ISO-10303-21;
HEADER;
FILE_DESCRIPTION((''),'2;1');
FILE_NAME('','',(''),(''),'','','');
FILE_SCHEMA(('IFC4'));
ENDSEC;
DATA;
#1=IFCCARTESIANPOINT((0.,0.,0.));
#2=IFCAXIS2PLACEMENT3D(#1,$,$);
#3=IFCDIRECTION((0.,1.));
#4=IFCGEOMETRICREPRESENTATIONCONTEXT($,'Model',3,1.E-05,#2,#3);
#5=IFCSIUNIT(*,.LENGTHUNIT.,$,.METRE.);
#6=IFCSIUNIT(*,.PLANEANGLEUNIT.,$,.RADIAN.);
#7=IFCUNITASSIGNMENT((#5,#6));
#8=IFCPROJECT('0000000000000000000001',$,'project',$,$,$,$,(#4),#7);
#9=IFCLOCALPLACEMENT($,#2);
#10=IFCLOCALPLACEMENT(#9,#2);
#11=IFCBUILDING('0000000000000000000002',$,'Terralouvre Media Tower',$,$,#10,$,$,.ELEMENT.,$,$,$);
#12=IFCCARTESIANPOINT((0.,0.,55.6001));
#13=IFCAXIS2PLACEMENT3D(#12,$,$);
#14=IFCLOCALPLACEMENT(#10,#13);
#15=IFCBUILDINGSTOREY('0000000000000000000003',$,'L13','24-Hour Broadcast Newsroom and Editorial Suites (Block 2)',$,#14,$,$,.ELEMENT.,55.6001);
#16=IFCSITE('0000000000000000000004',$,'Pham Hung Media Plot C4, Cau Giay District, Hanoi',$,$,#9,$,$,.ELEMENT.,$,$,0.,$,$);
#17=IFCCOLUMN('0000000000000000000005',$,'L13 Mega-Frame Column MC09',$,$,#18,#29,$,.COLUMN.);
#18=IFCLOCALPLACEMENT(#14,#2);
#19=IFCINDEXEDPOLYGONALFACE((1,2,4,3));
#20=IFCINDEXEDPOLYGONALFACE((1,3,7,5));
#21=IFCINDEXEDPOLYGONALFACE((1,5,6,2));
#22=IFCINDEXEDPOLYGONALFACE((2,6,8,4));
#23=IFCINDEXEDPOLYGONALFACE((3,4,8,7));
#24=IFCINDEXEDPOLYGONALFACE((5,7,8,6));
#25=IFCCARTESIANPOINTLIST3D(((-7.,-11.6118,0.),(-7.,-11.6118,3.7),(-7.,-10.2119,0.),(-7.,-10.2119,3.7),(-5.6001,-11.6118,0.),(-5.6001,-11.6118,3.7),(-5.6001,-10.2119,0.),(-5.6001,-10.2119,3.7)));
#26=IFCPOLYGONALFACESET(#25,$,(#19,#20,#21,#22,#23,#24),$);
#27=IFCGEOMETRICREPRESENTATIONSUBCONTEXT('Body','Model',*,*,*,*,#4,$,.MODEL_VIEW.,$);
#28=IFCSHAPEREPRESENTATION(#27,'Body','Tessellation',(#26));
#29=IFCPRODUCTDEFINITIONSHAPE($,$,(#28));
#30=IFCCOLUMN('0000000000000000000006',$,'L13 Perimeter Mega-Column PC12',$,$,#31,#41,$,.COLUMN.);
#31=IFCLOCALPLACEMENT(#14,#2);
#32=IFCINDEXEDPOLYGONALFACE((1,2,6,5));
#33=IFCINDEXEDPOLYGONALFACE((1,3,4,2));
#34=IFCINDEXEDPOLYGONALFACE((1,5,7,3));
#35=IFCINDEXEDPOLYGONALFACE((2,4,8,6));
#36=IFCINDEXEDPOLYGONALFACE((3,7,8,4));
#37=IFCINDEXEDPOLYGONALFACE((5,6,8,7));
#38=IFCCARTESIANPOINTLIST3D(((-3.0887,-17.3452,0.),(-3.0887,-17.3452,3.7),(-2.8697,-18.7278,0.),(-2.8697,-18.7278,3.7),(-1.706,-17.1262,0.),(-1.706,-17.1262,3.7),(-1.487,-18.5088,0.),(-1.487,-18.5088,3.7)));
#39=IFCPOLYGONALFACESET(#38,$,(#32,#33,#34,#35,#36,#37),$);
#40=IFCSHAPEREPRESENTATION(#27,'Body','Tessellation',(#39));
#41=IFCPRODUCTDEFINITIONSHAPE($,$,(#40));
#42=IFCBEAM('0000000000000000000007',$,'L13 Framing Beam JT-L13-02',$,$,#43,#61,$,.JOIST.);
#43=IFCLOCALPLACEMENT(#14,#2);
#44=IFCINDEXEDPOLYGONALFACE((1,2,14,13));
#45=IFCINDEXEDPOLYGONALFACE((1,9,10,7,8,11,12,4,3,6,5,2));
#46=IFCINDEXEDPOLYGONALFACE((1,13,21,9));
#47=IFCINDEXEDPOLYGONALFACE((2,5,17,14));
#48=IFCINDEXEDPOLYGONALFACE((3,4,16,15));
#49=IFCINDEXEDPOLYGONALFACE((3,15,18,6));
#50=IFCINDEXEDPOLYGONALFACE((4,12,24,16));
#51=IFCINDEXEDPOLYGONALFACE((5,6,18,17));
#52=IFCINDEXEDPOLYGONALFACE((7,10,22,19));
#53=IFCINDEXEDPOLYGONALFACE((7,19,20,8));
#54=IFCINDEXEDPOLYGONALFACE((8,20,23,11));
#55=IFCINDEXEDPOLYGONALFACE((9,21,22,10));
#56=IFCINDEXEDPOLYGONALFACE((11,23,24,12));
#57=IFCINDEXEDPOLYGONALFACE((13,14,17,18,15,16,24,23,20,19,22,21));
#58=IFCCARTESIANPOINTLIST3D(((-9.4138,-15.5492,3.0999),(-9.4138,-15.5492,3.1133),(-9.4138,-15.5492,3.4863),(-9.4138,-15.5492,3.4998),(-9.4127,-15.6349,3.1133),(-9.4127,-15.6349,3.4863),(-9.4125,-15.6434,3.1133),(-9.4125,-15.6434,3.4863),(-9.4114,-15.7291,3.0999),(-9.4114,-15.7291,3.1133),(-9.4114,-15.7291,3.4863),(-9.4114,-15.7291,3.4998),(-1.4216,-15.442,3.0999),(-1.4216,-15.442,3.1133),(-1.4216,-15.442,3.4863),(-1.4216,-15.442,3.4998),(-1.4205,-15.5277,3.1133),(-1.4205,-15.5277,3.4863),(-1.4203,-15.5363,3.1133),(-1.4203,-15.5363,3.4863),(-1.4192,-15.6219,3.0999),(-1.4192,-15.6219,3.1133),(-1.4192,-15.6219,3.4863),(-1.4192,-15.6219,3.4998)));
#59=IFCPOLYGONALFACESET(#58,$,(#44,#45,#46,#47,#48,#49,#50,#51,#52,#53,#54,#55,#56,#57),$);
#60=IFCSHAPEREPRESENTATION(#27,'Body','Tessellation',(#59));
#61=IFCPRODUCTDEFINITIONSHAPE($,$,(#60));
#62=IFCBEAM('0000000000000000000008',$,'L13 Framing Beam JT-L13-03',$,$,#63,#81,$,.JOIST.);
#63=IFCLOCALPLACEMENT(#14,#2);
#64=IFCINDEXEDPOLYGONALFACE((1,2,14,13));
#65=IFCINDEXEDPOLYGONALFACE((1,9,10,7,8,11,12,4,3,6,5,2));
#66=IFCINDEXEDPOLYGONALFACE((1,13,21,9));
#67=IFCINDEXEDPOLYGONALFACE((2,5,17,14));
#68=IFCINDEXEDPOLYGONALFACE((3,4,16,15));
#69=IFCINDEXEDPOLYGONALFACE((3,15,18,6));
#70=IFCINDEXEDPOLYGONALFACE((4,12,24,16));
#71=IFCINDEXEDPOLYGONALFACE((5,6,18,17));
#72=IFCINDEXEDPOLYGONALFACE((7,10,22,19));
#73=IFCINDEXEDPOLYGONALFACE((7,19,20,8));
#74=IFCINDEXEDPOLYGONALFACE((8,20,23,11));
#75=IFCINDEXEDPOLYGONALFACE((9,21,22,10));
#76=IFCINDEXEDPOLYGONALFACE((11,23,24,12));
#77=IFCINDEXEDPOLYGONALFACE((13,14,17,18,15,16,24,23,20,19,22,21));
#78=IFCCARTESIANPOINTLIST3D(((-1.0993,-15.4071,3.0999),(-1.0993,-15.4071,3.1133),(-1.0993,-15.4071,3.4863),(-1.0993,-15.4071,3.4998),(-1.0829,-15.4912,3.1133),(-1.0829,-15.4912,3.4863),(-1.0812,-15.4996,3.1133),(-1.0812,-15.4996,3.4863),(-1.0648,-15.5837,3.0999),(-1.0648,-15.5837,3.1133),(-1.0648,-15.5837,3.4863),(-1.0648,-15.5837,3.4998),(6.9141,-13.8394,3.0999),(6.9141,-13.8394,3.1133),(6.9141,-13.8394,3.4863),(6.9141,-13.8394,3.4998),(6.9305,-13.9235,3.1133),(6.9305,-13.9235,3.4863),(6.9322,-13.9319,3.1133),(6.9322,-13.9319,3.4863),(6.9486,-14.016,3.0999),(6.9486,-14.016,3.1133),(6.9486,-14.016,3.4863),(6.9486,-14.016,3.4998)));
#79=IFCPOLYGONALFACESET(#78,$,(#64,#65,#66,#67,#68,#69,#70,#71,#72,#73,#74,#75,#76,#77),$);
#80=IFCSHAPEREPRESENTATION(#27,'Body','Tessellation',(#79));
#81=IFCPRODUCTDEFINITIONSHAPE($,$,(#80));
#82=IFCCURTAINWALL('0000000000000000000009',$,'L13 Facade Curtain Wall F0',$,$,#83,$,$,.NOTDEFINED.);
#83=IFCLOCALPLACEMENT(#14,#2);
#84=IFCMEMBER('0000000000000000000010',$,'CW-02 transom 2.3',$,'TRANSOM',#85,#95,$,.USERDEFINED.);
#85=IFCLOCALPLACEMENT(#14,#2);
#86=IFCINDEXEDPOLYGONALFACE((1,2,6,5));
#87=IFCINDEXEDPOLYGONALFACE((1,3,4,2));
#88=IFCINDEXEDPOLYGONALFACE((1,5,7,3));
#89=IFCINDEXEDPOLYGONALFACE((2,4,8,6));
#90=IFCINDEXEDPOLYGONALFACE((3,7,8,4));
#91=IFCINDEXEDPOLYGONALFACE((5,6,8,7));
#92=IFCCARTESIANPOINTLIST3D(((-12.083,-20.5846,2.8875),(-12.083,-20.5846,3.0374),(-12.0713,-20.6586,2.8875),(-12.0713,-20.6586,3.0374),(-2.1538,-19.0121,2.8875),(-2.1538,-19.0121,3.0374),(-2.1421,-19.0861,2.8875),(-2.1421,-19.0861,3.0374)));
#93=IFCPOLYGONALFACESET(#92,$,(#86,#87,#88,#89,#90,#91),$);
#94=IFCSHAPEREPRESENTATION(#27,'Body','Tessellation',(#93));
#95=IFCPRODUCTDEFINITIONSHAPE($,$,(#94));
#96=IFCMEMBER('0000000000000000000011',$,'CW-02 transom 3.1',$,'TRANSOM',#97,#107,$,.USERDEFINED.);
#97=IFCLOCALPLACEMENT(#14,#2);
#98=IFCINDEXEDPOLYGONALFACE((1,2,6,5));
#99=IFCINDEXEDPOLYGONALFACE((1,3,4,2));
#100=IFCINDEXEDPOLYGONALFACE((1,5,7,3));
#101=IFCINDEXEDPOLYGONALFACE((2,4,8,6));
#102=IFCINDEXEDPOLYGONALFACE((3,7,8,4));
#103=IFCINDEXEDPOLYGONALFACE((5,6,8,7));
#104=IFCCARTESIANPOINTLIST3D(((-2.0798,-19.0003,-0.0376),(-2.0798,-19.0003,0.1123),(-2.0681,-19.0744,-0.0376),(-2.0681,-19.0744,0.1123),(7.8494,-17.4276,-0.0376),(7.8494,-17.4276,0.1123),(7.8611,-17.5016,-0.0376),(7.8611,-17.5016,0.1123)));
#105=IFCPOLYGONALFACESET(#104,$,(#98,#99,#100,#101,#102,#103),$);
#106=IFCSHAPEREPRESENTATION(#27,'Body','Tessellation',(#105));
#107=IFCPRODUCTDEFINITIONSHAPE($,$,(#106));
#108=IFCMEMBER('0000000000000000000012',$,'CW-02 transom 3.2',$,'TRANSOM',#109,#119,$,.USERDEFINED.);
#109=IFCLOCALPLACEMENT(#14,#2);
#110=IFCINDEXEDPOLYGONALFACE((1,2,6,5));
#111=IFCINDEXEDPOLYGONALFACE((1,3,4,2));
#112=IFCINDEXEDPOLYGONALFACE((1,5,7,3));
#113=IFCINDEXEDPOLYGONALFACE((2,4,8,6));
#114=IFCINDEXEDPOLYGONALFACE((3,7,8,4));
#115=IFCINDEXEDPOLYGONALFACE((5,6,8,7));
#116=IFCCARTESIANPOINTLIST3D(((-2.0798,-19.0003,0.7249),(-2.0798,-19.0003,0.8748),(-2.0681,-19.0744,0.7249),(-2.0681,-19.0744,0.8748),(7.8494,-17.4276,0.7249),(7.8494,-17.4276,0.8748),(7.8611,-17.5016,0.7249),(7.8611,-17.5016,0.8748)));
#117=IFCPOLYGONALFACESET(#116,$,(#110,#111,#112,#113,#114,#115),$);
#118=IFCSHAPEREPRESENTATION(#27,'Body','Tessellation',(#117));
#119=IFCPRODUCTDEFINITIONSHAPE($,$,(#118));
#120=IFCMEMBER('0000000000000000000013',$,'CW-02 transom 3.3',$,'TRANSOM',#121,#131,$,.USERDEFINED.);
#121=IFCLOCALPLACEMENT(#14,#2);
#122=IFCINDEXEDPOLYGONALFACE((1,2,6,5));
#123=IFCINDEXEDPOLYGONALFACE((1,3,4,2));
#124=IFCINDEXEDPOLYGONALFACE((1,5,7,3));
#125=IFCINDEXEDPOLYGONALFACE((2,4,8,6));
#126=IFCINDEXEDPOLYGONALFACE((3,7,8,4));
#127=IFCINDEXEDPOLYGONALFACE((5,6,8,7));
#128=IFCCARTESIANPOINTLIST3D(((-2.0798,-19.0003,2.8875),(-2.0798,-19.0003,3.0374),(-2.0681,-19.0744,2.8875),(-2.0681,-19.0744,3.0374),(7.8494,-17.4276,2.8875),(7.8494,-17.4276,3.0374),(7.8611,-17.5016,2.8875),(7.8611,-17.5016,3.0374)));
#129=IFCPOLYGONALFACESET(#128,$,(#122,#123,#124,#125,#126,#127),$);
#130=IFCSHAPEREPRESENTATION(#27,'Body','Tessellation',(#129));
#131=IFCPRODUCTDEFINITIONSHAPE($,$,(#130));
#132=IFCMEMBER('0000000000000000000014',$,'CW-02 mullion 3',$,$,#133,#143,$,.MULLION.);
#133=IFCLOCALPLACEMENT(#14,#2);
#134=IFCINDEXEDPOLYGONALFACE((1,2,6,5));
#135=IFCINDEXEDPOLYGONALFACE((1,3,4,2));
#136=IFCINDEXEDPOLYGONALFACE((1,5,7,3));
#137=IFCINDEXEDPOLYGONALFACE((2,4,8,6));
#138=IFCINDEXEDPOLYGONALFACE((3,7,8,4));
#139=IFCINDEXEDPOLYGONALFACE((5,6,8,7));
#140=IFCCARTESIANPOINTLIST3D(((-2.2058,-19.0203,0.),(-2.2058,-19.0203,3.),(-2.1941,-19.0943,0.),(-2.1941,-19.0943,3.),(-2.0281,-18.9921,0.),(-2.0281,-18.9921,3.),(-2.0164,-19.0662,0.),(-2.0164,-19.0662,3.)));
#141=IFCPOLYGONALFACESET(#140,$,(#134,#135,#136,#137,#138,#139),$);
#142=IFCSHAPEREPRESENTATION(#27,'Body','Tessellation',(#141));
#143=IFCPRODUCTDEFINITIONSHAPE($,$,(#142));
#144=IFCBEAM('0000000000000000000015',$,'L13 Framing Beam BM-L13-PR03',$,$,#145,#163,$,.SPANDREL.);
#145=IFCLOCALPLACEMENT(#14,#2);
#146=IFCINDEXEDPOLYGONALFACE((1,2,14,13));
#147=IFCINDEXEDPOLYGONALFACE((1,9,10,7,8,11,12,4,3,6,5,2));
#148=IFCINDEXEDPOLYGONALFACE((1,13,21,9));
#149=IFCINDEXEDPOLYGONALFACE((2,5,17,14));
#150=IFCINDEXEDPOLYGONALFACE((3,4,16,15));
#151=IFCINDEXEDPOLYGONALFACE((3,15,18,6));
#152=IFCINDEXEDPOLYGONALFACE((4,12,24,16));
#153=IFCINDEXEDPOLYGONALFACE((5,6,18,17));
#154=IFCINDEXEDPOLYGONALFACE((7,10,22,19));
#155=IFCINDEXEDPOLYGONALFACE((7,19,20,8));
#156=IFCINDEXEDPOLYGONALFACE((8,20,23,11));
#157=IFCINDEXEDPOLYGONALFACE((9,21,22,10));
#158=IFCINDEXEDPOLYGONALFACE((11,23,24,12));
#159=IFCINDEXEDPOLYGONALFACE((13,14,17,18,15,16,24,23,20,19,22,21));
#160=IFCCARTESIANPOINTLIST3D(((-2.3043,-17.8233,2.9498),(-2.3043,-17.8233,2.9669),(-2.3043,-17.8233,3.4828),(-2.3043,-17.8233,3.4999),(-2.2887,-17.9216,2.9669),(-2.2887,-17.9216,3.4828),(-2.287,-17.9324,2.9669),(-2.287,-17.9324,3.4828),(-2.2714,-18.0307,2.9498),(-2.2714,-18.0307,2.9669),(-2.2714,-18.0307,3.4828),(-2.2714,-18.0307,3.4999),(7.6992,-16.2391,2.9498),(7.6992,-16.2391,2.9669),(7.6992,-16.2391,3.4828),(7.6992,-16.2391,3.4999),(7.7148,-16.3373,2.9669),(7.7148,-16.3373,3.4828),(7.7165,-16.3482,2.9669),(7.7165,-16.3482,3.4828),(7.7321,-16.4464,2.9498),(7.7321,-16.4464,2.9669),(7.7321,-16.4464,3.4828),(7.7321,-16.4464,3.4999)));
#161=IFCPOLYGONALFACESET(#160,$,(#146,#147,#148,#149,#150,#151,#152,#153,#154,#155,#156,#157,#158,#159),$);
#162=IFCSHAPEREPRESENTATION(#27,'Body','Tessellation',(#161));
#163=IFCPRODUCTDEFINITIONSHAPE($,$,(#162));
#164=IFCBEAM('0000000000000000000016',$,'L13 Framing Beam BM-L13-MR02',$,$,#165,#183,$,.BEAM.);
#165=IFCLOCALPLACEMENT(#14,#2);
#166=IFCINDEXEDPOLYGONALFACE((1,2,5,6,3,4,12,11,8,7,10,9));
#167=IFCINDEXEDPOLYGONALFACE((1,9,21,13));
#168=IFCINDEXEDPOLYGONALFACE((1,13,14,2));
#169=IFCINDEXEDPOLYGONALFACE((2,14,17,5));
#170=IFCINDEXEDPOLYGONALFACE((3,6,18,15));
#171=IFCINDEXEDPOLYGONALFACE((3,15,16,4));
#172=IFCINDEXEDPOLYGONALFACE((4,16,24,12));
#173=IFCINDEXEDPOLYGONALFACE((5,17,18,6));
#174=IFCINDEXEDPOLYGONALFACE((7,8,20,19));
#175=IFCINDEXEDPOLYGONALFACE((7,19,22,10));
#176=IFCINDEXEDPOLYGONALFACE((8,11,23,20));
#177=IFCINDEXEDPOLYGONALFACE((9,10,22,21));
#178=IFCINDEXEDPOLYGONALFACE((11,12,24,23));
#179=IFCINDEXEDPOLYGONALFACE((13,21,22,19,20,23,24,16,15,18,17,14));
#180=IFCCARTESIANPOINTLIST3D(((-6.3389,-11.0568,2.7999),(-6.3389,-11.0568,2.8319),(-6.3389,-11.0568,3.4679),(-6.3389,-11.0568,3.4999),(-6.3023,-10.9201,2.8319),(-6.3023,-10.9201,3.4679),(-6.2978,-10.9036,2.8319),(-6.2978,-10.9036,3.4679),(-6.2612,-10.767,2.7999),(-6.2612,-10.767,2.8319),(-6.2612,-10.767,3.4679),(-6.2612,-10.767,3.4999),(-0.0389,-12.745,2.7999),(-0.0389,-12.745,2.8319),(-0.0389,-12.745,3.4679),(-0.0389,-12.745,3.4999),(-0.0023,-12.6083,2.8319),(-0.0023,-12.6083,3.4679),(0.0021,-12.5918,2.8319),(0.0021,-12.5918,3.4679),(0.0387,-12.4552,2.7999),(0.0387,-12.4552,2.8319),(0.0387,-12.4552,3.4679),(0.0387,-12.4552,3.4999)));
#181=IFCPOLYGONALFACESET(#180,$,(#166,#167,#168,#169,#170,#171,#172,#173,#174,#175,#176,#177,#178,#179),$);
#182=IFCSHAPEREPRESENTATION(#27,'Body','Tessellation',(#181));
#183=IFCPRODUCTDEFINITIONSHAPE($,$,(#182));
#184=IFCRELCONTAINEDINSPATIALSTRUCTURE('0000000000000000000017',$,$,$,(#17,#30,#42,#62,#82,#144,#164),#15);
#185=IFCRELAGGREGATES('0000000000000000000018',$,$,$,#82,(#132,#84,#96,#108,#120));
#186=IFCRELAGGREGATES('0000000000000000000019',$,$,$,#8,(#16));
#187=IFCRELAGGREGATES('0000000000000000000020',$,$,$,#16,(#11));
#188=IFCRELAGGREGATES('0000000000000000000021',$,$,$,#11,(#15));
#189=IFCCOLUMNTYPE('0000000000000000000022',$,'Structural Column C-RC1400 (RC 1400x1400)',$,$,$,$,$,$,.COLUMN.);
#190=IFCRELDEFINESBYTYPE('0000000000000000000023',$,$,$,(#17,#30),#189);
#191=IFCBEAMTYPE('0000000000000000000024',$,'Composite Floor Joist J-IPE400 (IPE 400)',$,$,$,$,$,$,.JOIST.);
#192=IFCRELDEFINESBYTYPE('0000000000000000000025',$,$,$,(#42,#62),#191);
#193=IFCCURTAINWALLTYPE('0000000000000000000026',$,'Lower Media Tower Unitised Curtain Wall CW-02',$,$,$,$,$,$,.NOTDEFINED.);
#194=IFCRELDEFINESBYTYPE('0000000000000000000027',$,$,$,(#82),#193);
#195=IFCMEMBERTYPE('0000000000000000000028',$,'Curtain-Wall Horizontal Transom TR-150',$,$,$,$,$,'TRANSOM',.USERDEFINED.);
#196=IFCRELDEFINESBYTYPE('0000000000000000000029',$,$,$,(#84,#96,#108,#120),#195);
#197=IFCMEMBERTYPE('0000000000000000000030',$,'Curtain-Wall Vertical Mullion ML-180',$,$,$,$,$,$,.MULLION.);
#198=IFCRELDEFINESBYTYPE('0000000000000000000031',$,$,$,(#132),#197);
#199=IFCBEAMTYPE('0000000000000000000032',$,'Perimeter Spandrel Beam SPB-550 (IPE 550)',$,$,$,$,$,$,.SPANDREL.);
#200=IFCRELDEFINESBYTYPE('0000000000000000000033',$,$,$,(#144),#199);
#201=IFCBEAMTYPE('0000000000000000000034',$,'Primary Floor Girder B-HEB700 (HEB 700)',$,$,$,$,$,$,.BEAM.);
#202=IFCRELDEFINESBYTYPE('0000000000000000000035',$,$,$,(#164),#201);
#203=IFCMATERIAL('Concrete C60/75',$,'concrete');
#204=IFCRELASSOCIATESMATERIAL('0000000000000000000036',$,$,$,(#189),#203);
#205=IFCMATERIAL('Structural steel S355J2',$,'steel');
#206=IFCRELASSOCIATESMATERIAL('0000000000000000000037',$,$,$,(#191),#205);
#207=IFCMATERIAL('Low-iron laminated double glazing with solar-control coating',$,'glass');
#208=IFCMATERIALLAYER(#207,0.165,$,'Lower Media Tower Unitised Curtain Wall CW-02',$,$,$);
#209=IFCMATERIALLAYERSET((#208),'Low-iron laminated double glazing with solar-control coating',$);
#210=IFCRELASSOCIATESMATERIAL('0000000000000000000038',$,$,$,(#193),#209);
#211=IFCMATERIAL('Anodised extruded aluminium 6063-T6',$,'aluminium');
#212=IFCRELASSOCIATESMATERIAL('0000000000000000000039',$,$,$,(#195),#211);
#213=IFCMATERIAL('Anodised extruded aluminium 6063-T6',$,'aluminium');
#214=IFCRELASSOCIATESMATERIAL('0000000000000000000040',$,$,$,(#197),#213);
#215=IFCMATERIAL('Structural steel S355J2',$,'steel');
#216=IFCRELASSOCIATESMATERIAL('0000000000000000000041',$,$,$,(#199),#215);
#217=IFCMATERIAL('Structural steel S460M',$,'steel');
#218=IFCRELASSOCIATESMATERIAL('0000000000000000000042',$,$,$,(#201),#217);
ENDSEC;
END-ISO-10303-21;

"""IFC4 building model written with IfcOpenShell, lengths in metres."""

from ifc_helpers import new_model, si_unit, direction, frame, origin, origin_2d, place, context, subcontext, project, spatial, rectangle, i_section, extrude, material, layer, layer_set, material_profile, profile_set, type_object, element, aggregate, save


model = new_model("IFC4")

# Units and contexts
model_context = context("Model", 3, precision=1e-05, world=origin(), true_north=direction((0.0, 1.0)))
body_context = subcontext(model_context, "Body", "Model", "MODEL_VIEW")
ifc_project = project(units=[si_unit("LENGTHUNIT", "METRE"), si_unit("PLANEANGLEUNIT", "RADIAN")], contexts=[model_context])

# Site, building, storey
site_placement = place(None, origin())
site = spatial("IfcSite", under=ifc_project, at=site_placement, Name="Pham Hung Media Plot C4, Cau Giay District, Hanoi", CompositionType="ELEMENT", RefElevation=0.0)
building_placement = place(site_placement, origin())
building = spatial("IfcBuilding", under=site, at=building_placement, Name="Terralouvre Media Tower", CompositionType="ELEMENT")
storey_placement = place(building_placement, frame((0.0, 0.0, 55.6001)))
storey = spatial("IfcBuildingStorey", under=building, at=storey_placement, Name="L13", Description="24-Hour Broadcast Newsroom and Editorial Suites (Block 2)", CompositionType="ELEMENT", Elevation=55.6001)

# Columns
ifc_material_1 = material(Name="Concrete C60/75", Category="concrete")
ifc_material_profile_1 = material_profile(ifc_material_1, rectangle(XDim=1.3999, YDim=1.3999, at=origin_2d()), Name="RC 1400x1400")
ifc_profile_set_1 = profile_set([ifc_material_profile_1], Name="Concrete C60/75")
column_type = type_object("IfcColumnType", Name="Structural Column C-RC1400 (RC 1400x1400)", PredefinedType="COLUMN", material=ifc_profile_set_1)
for number, where, z_axis, x_axis, name in (
    (1, (-6.3, -10.9119, 0.0), (0.0, 0.0, 1.0), (1.0, 0.0, 0.0), "L13 Mega-Frame Column MC09"),
    (2, (-2.2878, -17.927, 0.0), (0.0, 0.0, 1.0), (0.987688, 0.156434, 0.0), "L13 Perimeter Mega-Column PC12"),
):
    element("IfcColumn", number, at=place(storey_placement, frame(where, z_axis=z_axis, x_axis=x_axis)), inside=storey, type_object=column_type, Name=name, PredefinedType="COLUMN", context=body_context, shape_type="SweptSolid", body=[
        extrude(rectangle(XDim=1.3999, YDim=1.3999, at=origin_2d()), origin(), (0.0, 0.0, 1.0), 3.7),
    ])

# Beams
ifc_material_2 = material(Name="Structural steel S355J2", Category="steel")
ifc_material_profile_2 = material_profile(ifc_material_2, i_section(OverallWidth=0.1799, OverallDepth=0.3999, WebThickness=0.0085, FlangeThickness=0.0134, at=origin_2d()), Name="IPE 400")
ifc_profile_set_2 = profile_set([ifc_material_profile_2], Name="Structural steel S355J2")
beam_type_1 = type_object("IfcBeamType", Name="Composite Floor Joist J-IPE400 (IPE 400)", PredefinedType="JOIST", material=ifc_profile_set_2)
beam_1_placement = place(storey_placement, frame((-9.4126, -15.6392, 3.2998), z_axis=(0.99991, 0.013409, 0.0), x_axis=(-0.013409, 0.99991, 0.0)))
element("IfcBeam", 3, at=beam_1_placement, inside=storey, type_object=beam_type_1, Name="L13 Framing Beam JT-L13-02", PredefinedType="JOIST", context=body_context, shape_type="SweptSolid", body=[
    extrude(i_section(OverallWidth=0.1799, OverallDepth=0.3999, WebThickness=0.0085, FlangeThickness=0.0134, at=origin_2d()), origin(), (0.0, 0.0, 1.0), 7.9929),
])
beam_2_placement = place(storey_placement, frame((-1.082, -15.4954, 3.2998), z_axis=(0.981398, 0.191986, 0.0), x_axis=(-0.191986, 0.981398, 0.0)))
element("IfcBeam", 4, at=beam_2_placement, inside=storey, type_object=beam_type_1, Name="L13 Framing Beam JT-L13-03", PredefinedType="JOIST", context=body_context, shape_type="SweptSolid", body=[
    extrude(i_section(OverallWidth=0.1799, OverallDepth=0.3999, WebThickness=0.0085, FlangeThickness=0.0134, at=origin_2d()), origin(), (0.0, 0.0, 1.0), 8.1653),
])

# Curtain wall, members
ifc_material_3 = material(Name="Low-iron laminated double glazing with solar-control coating", Category="glass")
ifc_layer_1 = layer(ifc_material_3, 0.165, Name="Lower Media Tower Unitised Curtain Wall CW-02")
ifc_layer_set_1 = layer_set([ifc_layer_1], Name="Low-iron laminated double glazing with solar-control coating")
curtain_wall_type = type_object("IfcCurtainWallType", Name="Lower Media Tower Unitised Curtain Wall CW-02", PredefinedType="NOTDEFINED", material=ifc_layer_set_1)
curtain_wall_placement = place(storey_placement, origin())
curtain_wall = element("IfcCurtainWall", 5, at=curtain_wall_placement, inside=storey, type_object=curtain_wall_type, Name="L13 Facade Curtain Wall F0", PredefinedType="NOTDEFINED")
ifc_material_4 = material(Name="Anodised extruded aluminium 6063-T6", Category="aluminium")
ifc_material_profile_3 = material_profile(ifc_material_4, rectangle(XDim=0.075, YDim=0.1499, at=origin_2d()), Name="ALU 75x150")
ifc_profile_set_3 = profile_set([ifc_material_profile_3], Name="Anodised extruded aluminium 6063-T6")
member_type_1 = type_object("IfcMemberType", Name="Curtain-Wall Horizontal Transom TR-150", ElementType="TRANSOM", PredefinedType="USERDEFINED", material=ifc_profile_set_3)
member_1_placement = place(storey_placement, frame((-12.0771, -20.6216, 2.9624), z_axis=(0.98769, 0.156423, 0.0), x_axis=(-0.156423, 0.98769, 0.0)))
member_1 = element("IfcMember", 6, at=member_1_placement, type_object=member_type_1, Name="CW-02 transom 2.3", ObjectType="TRANSOM", PredefinedType="USERDEFINED", context=body_context, shape_type="SweptSolid", body=[
    extrude(rectangle(XDim=0.075, YDim=0.1499, at=origin_2d()), origin(), (0.0, 0.0, 1.0), 10.053),
])
member_2_placement = place(storey_placement, frame((-2.074, -19.0374, 0.0374), z_axis=(0.987686, 0.156446, 0.0), x_axis=(-0.156446, 0.987686, 0.0)))
member_2 = element("IfcMember", 7, at=member_2_placement, type_object=member_type_1, Name="CW-02 transom 3.1", ObjectType="TRANSOM", PredefinedType="USERDEFINED", context=body_context, shape_type="SweptSolid", body=[
    extrude(rectangle(XDim=0.075, YDim=0.1499, at=origin_2d()), origin(), (0.0, 0.0, 1.0), 10.053),
])
member_3_placement = place(storey_placement, frame((-2.074, -19.0374, 0.7998), z_axis=(0.987686, 0.156446, 0.0), x_axis=(-0.156446, 0.987686, 0.0)))
member_3 = element("IfcMember", 8, at=member_3_placement, type_object=member_type_1, Name="CW-02 transom 3.2", ObjectType="TRANSOM", PredefinedType="USERDEFINED", context=body_context, shape_type="SweptSolid", body=[
    extrude(rectangle(XDim=0.075, YDim=0.1499, at=origin_2d()), origin(), (0.0, 0.0, 1.0), 10.053),
])
member_4_placement = place(storey_placement, frame((-2.074, -19.0374, 2.9624), z_axis=(0.987686, 0.156446, 0.0), x_axis=(-0.156446, 0.987686, 0.0)))
member_4 = element("IfcMember", 9, at=member_4_placement, type_object=member_type_1, Name="CW-02 transom 3.3", ObjectType="TRANSOM", PredefinedType="USERDEFINED", context=body_context, shape_type="SweptSolid", body=[
    extrude(rectangle(XDim=0.075, YDim=0.1499, at=origin_2d()), origin(), (0.0, 0.0, 1.0), 10.053),
])
ifc_material_5 = material(Name="Anodised extruded aluminium 6063-T6", Category="aluminium")
ifc_material_profile_4 = material_profile(ifc_material_5, rectangle(XDim=0.075, YDim=0.1799, at=origin_2d()), Name="ALU 75x180")
ifc_profile_set_4 = profile_set([ifc_material_profile_4], Name="Anodised extruded aluminium 6063-T6")
member_type_2 = type_object("IfcMemberType", Name="Curtain-Wall Vertical Mullion ML-180", PredefinedType="MULLION", material=ifc_profile_set_4)
member_5_placement = place(storey_placement, frame((-2.1111, -19.0432, 0.0), z_axis=(0.0, 0.0, 1.0), x_axis=(-0.156434, 0.987688, 0.0)))
member_5 = element("IfcMember", 10, at=member_5_placement, type_object=member_type_2, Name="CW-02 mullion 3", PredefinedType="MULLION", context=body_context, shape_type="SweptSolid", body=[
    extrude(rectangle(XDim=0.075, YDim=0.1799, at=origin_2d()), origin(), (0.0, 0.0, 1.0), 3.0),
])

# Beams
ifc_material_6 = material(Name="Structural steel S355J2", Category="steel")
ifc_material_profile_5 = material_profile(ifc_material_6, i_section(OverallWidth=0.21, OverallDepth=0.55, WebThickness=0.011, FlangeThickness=0.0171, at=origin_2d()), Name="IPE 550")
ifc_profile_set_5 = profile_set([ifc_material_profile_5], Name="Structural steel S355J2")
beam_type_2 = type_object("IfcBeamType", Name="Perimeter Spandrel Beam SPB-550 (IPE 550)", PredefinedType="SPANDREL", material=ifc_profile_set_5)
beam_3_placement = place(storey_placement, frame((-2.2878, -17.927, 3.2249), z_axis=(0.987691, 0.156419, 0.0), x_axis=(-0.156419, 0.987691, 0.0)))
element("IfcBeam", 11, at=beam_3_placement, inside=storey, type_object=beam_type_2, Name="L13 Framing Beam BM-L13-PR03", PredefinedType="SPANDREL", context=body_context, shape_type="SweptSolid", body=[
    extrude(i_section(OverallWidth=0.21, OverallDepth=0.55, WebThickness=0.011, FlangeThickness=0.0171, at=origin_2d()), origin(), (0.0, 0.0, 1.0), 10.1282),
])
ifc_material_7 = material(Name="Structural steel S460M", Category="steel")
ifc_material_profile_6 = material_profile(ifc_material_7, i_section(OverallWidth=0.3, OverallDepth=0.7, WebThickness=0.0171, FlangeThickness=0.032, at=origin_2d()), Name="HEB 700")
ifc_profile_set_6 = profile_set([ifc_material_profile_6], Name="Structural steel S460M")
beam_type_3 = type_object("IfcBeamType", Name="Primary Floor Girder B-HEB700 (HEB 700)", PredefinedType="BEAM", material=ifc_profile_set_6)
beam_4_placement = place(storey_placement, frame((-6.3, -10.9119, 3.1499), z_axis=(0.96592, -0.258839, 0.0), x_axis=(0.258839, 0.96592, 0.0)))
element("IfcBeam", 12, at=beam_4_placement, inside=storey, type_object=beam_type_3, Name="L13 Framing Beam BM-L13-MR02", PredefinedType="BEAM", context=body_context, shape_type="SweptSolid", body=[
    extrude(i_section(OverallWidth=0.3, OverallDepth=0.7, WebThickness=0.0171, FlangeThickness=0.032, at=origin_2d()), origin(), (0.0, 0.0, 1.0), 6.5222),
])

aggregate(curtain_wall, [member_5, member_1, member_2, member_3, member_4])

save(model, "model.ifc")
